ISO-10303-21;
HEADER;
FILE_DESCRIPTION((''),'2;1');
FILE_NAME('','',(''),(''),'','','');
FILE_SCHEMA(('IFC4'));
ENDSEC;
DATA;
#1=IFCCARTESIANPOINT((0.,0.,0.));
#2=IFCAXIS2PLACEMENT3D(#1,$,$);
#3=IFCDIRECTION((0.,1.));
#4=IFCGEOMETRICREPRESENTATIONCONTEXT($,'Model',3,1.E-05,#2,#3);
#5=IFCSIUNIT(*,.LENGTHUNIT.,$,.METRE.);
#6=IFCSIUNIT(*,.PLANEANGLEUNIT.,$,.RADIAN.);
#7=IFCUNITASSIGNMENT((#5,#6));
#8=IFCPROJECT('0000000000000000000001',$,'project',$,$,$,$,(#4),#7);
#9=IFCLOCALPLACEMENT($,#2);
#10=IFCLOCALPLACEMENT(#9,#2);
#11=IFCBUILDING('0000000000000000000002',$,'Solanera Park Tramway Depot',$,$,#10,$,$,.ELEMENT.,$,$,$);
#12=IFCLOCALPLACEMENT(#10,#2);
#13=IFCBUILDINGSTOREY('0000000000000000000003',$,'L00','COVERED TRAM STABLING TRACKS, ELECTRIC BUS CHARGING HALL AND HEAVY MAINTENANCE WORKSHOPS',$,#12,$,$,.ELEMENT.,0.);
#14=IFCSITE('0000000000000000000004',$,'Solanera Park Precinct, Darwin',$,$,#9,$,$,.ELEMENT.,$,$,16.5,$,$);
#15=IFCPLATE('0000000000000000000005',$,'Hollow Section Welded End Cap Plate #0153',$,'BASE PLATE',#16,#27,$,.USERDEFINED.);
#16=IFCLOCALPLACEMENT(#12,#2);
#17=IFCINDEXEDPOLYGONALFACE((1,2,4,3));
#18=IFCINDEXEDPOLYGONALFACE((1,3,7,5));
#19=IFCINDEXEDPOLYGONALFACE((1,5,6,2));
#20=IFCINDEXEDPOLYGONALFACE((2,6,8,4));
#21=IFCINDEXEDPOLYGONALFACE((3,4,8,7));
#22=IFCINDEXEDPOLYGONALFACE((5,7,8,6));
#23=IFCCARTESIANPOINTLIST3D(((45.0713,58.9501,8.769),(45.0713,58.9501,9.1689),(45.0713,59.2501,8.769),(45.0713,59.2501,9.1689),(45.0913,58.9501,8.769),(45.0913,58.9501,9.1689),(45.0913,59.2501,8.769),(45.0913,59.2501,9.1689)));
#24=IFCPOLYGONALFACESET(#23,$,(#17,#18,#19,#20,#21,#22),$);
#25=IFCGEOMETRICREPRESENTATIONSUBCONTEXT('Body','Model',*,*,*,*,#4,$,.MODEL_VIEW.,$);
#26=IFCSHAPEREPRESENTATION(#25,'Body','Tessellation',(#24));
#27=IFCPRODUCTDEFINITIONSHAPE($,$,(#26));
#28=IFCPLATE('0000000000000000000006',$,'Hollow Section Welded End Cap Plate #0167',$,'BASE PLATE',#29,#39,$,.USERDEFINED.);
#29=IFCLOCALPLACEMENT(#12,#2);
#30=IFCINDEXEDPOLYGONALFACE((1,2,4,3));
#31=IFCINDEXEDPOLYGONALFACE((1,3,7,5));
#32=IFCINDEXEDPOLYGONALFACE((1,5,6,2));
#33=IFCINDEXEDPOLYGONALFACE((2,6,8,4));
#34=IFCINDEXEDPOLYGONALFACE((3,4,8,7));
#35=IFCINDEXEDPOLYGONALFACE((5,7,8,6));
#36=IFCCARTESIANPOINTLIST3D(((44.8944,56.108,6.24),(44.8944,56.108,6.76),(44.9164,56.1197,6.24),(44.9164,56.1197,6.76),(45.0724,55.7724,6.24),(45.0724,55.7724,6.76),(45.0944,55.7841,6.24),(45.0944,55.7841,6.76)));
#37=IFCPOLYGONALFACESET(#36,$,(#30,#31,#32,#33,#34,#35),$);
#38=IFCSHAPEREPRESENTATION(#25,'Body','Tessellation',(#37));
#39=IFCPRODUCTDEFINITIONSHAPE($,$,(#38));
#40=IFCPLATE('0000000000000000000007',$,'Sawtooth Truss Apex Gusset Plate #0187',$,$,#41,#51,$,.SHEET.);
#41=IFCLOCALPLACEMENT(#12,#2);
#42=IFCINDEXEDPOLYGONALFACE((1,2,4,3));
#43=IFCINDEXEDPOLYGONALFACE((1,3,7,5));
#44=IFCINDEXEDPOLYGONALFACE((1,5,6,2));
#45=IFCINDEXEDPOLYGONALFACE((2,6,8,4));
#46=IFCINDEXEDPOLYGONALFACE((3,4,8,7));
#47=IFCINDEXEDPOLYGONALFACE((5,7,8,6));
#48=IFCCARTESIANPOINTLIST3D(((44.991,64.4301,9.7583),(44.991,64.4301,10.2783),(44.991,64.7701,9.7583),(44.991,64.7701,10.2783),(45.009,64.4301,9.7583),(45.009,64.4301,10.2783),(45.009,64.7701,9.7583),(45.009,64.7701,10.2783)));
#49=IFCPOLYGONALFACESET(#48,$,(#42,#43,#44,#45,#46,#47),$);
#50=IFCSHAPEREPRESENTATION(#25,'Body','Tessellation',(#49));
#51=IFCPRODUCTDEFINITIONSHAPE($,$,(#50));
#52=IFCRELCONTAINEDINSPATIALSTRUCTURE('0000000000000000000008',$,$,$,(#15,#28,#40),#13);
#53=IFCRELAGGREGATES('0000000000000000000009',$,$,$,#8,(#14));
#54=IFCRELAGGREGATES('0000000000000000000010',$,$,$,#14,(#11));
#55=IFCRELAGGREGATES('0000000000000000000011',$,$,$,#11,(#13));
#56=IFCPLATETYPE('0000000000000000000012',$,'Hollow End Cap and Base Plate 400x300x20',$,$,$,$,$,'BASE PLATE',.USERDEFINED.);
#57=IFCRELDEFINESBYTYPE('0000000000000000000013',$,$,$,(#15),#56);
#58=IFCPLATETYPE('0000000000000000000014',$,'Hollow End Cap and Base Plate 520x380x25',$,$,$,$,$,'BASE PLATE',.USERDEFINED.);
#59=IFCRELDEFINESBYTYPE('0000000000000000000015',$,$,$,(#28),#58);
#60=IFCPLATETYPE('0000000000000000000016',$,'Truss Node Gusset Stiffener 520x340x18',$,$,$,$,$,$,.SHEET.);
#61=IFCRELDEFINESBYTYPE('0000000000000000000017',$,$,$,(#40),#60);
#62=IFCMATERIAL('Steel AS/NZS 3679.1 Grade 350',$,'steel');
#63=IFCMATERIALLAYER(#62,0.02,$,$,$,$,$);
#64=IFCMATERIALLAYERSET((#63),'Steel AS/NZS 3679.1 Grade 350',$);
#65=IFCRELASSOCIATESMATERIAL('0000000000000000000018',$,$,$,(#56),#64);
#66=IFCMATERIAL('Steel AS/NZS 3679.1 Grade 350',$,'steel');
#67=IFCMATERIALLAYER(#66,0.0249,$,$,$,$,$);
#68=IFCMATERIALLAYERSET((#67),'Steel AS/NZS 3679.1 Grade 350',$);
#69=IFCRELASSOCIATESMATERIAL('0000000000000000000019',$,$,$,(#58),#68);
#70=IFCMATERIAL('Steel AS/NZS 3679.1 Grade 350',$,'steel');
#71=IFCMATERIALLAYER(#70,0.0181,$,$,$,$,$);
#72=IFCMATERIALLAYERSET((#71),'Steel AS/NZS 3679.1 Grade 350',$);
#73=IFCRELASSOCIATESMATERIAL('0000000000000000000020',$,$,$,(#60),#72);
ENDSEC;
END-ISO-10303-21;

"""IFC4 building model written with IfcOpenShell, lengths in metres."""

from ifc_helpers import new_model, si_unit, direction, frame, origin, origin_2d, place, context, subcontext, project, spatial, rectangle, extrude, material, layer, layer_set, type_object, element, save


model = new_model("IFC4")

# Units and contexts
model_context = context("Model", 3, precision=1e-05, world=origin(), true_north=direction((0.0, 1.0)))
body_context = subcontext(model_context, "Body", "Model", "MODEL_VIEW")
ifc_project = project(units=[si_unit("LENGTHUNIT", "METRE"), si_unit("PLANEANGLEUNIT", "RADIAN")], contexts=[model_context])

# Site, building, storey
site_placement = place(None, origin())
site = spatial("IfcSite", under=ifc_project, at=site_placement, Name="Solanera Park Precinct, Darwin", CompositionType="ELEMENT", RefElevation=16.5)
building_placement = place(site_placement, origin())
building = spatial("IfcBuilding", under=site, at=building_placement, Name="Solanera Park Tramway Depot", CompositionType="ELEMENT")
storey_placement = place(building_placement, origin())
storey = spatial("IfcBuildingStorey", under=building, at=storey_placement, Name="L00", Description="COVERED TRAM STABLING TRACKS, ELECTRIC BUS CHARGING HALL AND HEAVY MAINTENANCE WORKSHOPS", CompositionType="ELEMENT", Elevation=0.0)

# Plates
ifc_material_1 = material(Name="Steel AS/NZS 3679.1 Grade 350", Category="steel")
ifc_layer_1 = layer(ifc_material_1, 0.02)
ifc_layer_set_1 = layer_set([ifc_layer_1], Name="Steel AS/NZS 3679.1 Grade 350")
plate_type_1 = type_object("IfcPlateType", Name="Hollow End Cap and Base Plate 400x300x20", ElementType="BASE PLATE", PredefinedType="USERDEFINED", material=ifc_layer_set_1)
for number, where, z_axis, x_axis, name in (
    (1, (45.0813, 59.1001, 8.769), (0.0, 0.0, 1.0), (1.0, 0.0, 0.0), "Hollow Section Welded End Cap Plate #0153"),
):
    element("IfcPlate", number, at=place(storey_placement, frame(where, z_axis=z_axis, x_axis=x_axis)), inside=storey, type_object=plate_type_1, Name=name, ObjectType="BASE PLATE", PredefinedType="USERDEFINED", context=body_context, shape_type="SweptSolid", body=[
        extrude(rectangle(XDim=0.02, YDim=0.3, at=origin_2d()), origin(), (0.0, 0.0, 1.0), 0.3999),
    ])
ifc_material_2 = material(Name="Steel AS/NZS 3679.1 Grade 350", Category="steel")
ifc_layer_2 = layer(ifc_material_2, 0.0249)
ifc_layer_set_2 = layer_set([ifc_layer_2], Name="Steel AS/NZS 3679.1 Grade 350")
plate_type_2 = type_object("IfcPlateType", Name="Hollow End Cap and Base Plate 520x380x25", ElementType="BASE PLATE", PredefinedType="USERDEFINED", material=ifc_layer_set_2)
plate_1_placement = place(storey_placement, frame((44.9944, 55.946, 6.24), z_axis=(0.0, 0.0, 1.0), x_axis=(0.883521, 0.468392, 0.0)))
element("IfcPlate", 2, at=plate_1_placement, inside=storey, type_object=plate_type_2, Name="Hollow Section Welded End Cap Plate #0167", ObjectType="BASE PLATE", PredefinedType="USERDEFINED", context=body_context, shape_type="SweptSolid", body=[
    extrude(rectangle(XDim=0.0249, YDim=0.3799, at=origin_2d()), origin(), (0.0, 0.0, 1.0), 0.52),
])
ifc_material_3 = material(Name="Steel AS/NZS 3679.1 Grade 350", Category="steel")
ifc_layer_3 = layer(ifc_material_3, 0.0181)
ifc_layer_set_3 = layer_set([ifc_layer_3], Name="Steel AS/NZS 3679.1 Grade 350")
plate_type_3 = type_object("IfcPlateType", Name="Truss Node Gusset Stiffener 520x340x18", PredefinedType="SHEET", material=ifc_layer_set_3)
plate_2_placement = place(storey_placement, frame((45.0, 64.6001, 9.7583), z_axis=(0.0, 0.0, 1.0), x_axis=(1.0, 0.0, 0.0)))
element("IfcPlate", 3, at=plate_2_placement, inside=storey, type_object=plate_type_3, Name="Sawtooth Truss Apex Gusset Plate #0187", PredefinedType="SHEET", context=body_context, shape_type="SweptSolid", body=[
    extrude(rectangle(XDim=0.0181, YDim=0.3401, at=origin_2d()), origin(), (0.0, 0.0, 1.0), 0.52),
])

save(model, "model.ifc")
